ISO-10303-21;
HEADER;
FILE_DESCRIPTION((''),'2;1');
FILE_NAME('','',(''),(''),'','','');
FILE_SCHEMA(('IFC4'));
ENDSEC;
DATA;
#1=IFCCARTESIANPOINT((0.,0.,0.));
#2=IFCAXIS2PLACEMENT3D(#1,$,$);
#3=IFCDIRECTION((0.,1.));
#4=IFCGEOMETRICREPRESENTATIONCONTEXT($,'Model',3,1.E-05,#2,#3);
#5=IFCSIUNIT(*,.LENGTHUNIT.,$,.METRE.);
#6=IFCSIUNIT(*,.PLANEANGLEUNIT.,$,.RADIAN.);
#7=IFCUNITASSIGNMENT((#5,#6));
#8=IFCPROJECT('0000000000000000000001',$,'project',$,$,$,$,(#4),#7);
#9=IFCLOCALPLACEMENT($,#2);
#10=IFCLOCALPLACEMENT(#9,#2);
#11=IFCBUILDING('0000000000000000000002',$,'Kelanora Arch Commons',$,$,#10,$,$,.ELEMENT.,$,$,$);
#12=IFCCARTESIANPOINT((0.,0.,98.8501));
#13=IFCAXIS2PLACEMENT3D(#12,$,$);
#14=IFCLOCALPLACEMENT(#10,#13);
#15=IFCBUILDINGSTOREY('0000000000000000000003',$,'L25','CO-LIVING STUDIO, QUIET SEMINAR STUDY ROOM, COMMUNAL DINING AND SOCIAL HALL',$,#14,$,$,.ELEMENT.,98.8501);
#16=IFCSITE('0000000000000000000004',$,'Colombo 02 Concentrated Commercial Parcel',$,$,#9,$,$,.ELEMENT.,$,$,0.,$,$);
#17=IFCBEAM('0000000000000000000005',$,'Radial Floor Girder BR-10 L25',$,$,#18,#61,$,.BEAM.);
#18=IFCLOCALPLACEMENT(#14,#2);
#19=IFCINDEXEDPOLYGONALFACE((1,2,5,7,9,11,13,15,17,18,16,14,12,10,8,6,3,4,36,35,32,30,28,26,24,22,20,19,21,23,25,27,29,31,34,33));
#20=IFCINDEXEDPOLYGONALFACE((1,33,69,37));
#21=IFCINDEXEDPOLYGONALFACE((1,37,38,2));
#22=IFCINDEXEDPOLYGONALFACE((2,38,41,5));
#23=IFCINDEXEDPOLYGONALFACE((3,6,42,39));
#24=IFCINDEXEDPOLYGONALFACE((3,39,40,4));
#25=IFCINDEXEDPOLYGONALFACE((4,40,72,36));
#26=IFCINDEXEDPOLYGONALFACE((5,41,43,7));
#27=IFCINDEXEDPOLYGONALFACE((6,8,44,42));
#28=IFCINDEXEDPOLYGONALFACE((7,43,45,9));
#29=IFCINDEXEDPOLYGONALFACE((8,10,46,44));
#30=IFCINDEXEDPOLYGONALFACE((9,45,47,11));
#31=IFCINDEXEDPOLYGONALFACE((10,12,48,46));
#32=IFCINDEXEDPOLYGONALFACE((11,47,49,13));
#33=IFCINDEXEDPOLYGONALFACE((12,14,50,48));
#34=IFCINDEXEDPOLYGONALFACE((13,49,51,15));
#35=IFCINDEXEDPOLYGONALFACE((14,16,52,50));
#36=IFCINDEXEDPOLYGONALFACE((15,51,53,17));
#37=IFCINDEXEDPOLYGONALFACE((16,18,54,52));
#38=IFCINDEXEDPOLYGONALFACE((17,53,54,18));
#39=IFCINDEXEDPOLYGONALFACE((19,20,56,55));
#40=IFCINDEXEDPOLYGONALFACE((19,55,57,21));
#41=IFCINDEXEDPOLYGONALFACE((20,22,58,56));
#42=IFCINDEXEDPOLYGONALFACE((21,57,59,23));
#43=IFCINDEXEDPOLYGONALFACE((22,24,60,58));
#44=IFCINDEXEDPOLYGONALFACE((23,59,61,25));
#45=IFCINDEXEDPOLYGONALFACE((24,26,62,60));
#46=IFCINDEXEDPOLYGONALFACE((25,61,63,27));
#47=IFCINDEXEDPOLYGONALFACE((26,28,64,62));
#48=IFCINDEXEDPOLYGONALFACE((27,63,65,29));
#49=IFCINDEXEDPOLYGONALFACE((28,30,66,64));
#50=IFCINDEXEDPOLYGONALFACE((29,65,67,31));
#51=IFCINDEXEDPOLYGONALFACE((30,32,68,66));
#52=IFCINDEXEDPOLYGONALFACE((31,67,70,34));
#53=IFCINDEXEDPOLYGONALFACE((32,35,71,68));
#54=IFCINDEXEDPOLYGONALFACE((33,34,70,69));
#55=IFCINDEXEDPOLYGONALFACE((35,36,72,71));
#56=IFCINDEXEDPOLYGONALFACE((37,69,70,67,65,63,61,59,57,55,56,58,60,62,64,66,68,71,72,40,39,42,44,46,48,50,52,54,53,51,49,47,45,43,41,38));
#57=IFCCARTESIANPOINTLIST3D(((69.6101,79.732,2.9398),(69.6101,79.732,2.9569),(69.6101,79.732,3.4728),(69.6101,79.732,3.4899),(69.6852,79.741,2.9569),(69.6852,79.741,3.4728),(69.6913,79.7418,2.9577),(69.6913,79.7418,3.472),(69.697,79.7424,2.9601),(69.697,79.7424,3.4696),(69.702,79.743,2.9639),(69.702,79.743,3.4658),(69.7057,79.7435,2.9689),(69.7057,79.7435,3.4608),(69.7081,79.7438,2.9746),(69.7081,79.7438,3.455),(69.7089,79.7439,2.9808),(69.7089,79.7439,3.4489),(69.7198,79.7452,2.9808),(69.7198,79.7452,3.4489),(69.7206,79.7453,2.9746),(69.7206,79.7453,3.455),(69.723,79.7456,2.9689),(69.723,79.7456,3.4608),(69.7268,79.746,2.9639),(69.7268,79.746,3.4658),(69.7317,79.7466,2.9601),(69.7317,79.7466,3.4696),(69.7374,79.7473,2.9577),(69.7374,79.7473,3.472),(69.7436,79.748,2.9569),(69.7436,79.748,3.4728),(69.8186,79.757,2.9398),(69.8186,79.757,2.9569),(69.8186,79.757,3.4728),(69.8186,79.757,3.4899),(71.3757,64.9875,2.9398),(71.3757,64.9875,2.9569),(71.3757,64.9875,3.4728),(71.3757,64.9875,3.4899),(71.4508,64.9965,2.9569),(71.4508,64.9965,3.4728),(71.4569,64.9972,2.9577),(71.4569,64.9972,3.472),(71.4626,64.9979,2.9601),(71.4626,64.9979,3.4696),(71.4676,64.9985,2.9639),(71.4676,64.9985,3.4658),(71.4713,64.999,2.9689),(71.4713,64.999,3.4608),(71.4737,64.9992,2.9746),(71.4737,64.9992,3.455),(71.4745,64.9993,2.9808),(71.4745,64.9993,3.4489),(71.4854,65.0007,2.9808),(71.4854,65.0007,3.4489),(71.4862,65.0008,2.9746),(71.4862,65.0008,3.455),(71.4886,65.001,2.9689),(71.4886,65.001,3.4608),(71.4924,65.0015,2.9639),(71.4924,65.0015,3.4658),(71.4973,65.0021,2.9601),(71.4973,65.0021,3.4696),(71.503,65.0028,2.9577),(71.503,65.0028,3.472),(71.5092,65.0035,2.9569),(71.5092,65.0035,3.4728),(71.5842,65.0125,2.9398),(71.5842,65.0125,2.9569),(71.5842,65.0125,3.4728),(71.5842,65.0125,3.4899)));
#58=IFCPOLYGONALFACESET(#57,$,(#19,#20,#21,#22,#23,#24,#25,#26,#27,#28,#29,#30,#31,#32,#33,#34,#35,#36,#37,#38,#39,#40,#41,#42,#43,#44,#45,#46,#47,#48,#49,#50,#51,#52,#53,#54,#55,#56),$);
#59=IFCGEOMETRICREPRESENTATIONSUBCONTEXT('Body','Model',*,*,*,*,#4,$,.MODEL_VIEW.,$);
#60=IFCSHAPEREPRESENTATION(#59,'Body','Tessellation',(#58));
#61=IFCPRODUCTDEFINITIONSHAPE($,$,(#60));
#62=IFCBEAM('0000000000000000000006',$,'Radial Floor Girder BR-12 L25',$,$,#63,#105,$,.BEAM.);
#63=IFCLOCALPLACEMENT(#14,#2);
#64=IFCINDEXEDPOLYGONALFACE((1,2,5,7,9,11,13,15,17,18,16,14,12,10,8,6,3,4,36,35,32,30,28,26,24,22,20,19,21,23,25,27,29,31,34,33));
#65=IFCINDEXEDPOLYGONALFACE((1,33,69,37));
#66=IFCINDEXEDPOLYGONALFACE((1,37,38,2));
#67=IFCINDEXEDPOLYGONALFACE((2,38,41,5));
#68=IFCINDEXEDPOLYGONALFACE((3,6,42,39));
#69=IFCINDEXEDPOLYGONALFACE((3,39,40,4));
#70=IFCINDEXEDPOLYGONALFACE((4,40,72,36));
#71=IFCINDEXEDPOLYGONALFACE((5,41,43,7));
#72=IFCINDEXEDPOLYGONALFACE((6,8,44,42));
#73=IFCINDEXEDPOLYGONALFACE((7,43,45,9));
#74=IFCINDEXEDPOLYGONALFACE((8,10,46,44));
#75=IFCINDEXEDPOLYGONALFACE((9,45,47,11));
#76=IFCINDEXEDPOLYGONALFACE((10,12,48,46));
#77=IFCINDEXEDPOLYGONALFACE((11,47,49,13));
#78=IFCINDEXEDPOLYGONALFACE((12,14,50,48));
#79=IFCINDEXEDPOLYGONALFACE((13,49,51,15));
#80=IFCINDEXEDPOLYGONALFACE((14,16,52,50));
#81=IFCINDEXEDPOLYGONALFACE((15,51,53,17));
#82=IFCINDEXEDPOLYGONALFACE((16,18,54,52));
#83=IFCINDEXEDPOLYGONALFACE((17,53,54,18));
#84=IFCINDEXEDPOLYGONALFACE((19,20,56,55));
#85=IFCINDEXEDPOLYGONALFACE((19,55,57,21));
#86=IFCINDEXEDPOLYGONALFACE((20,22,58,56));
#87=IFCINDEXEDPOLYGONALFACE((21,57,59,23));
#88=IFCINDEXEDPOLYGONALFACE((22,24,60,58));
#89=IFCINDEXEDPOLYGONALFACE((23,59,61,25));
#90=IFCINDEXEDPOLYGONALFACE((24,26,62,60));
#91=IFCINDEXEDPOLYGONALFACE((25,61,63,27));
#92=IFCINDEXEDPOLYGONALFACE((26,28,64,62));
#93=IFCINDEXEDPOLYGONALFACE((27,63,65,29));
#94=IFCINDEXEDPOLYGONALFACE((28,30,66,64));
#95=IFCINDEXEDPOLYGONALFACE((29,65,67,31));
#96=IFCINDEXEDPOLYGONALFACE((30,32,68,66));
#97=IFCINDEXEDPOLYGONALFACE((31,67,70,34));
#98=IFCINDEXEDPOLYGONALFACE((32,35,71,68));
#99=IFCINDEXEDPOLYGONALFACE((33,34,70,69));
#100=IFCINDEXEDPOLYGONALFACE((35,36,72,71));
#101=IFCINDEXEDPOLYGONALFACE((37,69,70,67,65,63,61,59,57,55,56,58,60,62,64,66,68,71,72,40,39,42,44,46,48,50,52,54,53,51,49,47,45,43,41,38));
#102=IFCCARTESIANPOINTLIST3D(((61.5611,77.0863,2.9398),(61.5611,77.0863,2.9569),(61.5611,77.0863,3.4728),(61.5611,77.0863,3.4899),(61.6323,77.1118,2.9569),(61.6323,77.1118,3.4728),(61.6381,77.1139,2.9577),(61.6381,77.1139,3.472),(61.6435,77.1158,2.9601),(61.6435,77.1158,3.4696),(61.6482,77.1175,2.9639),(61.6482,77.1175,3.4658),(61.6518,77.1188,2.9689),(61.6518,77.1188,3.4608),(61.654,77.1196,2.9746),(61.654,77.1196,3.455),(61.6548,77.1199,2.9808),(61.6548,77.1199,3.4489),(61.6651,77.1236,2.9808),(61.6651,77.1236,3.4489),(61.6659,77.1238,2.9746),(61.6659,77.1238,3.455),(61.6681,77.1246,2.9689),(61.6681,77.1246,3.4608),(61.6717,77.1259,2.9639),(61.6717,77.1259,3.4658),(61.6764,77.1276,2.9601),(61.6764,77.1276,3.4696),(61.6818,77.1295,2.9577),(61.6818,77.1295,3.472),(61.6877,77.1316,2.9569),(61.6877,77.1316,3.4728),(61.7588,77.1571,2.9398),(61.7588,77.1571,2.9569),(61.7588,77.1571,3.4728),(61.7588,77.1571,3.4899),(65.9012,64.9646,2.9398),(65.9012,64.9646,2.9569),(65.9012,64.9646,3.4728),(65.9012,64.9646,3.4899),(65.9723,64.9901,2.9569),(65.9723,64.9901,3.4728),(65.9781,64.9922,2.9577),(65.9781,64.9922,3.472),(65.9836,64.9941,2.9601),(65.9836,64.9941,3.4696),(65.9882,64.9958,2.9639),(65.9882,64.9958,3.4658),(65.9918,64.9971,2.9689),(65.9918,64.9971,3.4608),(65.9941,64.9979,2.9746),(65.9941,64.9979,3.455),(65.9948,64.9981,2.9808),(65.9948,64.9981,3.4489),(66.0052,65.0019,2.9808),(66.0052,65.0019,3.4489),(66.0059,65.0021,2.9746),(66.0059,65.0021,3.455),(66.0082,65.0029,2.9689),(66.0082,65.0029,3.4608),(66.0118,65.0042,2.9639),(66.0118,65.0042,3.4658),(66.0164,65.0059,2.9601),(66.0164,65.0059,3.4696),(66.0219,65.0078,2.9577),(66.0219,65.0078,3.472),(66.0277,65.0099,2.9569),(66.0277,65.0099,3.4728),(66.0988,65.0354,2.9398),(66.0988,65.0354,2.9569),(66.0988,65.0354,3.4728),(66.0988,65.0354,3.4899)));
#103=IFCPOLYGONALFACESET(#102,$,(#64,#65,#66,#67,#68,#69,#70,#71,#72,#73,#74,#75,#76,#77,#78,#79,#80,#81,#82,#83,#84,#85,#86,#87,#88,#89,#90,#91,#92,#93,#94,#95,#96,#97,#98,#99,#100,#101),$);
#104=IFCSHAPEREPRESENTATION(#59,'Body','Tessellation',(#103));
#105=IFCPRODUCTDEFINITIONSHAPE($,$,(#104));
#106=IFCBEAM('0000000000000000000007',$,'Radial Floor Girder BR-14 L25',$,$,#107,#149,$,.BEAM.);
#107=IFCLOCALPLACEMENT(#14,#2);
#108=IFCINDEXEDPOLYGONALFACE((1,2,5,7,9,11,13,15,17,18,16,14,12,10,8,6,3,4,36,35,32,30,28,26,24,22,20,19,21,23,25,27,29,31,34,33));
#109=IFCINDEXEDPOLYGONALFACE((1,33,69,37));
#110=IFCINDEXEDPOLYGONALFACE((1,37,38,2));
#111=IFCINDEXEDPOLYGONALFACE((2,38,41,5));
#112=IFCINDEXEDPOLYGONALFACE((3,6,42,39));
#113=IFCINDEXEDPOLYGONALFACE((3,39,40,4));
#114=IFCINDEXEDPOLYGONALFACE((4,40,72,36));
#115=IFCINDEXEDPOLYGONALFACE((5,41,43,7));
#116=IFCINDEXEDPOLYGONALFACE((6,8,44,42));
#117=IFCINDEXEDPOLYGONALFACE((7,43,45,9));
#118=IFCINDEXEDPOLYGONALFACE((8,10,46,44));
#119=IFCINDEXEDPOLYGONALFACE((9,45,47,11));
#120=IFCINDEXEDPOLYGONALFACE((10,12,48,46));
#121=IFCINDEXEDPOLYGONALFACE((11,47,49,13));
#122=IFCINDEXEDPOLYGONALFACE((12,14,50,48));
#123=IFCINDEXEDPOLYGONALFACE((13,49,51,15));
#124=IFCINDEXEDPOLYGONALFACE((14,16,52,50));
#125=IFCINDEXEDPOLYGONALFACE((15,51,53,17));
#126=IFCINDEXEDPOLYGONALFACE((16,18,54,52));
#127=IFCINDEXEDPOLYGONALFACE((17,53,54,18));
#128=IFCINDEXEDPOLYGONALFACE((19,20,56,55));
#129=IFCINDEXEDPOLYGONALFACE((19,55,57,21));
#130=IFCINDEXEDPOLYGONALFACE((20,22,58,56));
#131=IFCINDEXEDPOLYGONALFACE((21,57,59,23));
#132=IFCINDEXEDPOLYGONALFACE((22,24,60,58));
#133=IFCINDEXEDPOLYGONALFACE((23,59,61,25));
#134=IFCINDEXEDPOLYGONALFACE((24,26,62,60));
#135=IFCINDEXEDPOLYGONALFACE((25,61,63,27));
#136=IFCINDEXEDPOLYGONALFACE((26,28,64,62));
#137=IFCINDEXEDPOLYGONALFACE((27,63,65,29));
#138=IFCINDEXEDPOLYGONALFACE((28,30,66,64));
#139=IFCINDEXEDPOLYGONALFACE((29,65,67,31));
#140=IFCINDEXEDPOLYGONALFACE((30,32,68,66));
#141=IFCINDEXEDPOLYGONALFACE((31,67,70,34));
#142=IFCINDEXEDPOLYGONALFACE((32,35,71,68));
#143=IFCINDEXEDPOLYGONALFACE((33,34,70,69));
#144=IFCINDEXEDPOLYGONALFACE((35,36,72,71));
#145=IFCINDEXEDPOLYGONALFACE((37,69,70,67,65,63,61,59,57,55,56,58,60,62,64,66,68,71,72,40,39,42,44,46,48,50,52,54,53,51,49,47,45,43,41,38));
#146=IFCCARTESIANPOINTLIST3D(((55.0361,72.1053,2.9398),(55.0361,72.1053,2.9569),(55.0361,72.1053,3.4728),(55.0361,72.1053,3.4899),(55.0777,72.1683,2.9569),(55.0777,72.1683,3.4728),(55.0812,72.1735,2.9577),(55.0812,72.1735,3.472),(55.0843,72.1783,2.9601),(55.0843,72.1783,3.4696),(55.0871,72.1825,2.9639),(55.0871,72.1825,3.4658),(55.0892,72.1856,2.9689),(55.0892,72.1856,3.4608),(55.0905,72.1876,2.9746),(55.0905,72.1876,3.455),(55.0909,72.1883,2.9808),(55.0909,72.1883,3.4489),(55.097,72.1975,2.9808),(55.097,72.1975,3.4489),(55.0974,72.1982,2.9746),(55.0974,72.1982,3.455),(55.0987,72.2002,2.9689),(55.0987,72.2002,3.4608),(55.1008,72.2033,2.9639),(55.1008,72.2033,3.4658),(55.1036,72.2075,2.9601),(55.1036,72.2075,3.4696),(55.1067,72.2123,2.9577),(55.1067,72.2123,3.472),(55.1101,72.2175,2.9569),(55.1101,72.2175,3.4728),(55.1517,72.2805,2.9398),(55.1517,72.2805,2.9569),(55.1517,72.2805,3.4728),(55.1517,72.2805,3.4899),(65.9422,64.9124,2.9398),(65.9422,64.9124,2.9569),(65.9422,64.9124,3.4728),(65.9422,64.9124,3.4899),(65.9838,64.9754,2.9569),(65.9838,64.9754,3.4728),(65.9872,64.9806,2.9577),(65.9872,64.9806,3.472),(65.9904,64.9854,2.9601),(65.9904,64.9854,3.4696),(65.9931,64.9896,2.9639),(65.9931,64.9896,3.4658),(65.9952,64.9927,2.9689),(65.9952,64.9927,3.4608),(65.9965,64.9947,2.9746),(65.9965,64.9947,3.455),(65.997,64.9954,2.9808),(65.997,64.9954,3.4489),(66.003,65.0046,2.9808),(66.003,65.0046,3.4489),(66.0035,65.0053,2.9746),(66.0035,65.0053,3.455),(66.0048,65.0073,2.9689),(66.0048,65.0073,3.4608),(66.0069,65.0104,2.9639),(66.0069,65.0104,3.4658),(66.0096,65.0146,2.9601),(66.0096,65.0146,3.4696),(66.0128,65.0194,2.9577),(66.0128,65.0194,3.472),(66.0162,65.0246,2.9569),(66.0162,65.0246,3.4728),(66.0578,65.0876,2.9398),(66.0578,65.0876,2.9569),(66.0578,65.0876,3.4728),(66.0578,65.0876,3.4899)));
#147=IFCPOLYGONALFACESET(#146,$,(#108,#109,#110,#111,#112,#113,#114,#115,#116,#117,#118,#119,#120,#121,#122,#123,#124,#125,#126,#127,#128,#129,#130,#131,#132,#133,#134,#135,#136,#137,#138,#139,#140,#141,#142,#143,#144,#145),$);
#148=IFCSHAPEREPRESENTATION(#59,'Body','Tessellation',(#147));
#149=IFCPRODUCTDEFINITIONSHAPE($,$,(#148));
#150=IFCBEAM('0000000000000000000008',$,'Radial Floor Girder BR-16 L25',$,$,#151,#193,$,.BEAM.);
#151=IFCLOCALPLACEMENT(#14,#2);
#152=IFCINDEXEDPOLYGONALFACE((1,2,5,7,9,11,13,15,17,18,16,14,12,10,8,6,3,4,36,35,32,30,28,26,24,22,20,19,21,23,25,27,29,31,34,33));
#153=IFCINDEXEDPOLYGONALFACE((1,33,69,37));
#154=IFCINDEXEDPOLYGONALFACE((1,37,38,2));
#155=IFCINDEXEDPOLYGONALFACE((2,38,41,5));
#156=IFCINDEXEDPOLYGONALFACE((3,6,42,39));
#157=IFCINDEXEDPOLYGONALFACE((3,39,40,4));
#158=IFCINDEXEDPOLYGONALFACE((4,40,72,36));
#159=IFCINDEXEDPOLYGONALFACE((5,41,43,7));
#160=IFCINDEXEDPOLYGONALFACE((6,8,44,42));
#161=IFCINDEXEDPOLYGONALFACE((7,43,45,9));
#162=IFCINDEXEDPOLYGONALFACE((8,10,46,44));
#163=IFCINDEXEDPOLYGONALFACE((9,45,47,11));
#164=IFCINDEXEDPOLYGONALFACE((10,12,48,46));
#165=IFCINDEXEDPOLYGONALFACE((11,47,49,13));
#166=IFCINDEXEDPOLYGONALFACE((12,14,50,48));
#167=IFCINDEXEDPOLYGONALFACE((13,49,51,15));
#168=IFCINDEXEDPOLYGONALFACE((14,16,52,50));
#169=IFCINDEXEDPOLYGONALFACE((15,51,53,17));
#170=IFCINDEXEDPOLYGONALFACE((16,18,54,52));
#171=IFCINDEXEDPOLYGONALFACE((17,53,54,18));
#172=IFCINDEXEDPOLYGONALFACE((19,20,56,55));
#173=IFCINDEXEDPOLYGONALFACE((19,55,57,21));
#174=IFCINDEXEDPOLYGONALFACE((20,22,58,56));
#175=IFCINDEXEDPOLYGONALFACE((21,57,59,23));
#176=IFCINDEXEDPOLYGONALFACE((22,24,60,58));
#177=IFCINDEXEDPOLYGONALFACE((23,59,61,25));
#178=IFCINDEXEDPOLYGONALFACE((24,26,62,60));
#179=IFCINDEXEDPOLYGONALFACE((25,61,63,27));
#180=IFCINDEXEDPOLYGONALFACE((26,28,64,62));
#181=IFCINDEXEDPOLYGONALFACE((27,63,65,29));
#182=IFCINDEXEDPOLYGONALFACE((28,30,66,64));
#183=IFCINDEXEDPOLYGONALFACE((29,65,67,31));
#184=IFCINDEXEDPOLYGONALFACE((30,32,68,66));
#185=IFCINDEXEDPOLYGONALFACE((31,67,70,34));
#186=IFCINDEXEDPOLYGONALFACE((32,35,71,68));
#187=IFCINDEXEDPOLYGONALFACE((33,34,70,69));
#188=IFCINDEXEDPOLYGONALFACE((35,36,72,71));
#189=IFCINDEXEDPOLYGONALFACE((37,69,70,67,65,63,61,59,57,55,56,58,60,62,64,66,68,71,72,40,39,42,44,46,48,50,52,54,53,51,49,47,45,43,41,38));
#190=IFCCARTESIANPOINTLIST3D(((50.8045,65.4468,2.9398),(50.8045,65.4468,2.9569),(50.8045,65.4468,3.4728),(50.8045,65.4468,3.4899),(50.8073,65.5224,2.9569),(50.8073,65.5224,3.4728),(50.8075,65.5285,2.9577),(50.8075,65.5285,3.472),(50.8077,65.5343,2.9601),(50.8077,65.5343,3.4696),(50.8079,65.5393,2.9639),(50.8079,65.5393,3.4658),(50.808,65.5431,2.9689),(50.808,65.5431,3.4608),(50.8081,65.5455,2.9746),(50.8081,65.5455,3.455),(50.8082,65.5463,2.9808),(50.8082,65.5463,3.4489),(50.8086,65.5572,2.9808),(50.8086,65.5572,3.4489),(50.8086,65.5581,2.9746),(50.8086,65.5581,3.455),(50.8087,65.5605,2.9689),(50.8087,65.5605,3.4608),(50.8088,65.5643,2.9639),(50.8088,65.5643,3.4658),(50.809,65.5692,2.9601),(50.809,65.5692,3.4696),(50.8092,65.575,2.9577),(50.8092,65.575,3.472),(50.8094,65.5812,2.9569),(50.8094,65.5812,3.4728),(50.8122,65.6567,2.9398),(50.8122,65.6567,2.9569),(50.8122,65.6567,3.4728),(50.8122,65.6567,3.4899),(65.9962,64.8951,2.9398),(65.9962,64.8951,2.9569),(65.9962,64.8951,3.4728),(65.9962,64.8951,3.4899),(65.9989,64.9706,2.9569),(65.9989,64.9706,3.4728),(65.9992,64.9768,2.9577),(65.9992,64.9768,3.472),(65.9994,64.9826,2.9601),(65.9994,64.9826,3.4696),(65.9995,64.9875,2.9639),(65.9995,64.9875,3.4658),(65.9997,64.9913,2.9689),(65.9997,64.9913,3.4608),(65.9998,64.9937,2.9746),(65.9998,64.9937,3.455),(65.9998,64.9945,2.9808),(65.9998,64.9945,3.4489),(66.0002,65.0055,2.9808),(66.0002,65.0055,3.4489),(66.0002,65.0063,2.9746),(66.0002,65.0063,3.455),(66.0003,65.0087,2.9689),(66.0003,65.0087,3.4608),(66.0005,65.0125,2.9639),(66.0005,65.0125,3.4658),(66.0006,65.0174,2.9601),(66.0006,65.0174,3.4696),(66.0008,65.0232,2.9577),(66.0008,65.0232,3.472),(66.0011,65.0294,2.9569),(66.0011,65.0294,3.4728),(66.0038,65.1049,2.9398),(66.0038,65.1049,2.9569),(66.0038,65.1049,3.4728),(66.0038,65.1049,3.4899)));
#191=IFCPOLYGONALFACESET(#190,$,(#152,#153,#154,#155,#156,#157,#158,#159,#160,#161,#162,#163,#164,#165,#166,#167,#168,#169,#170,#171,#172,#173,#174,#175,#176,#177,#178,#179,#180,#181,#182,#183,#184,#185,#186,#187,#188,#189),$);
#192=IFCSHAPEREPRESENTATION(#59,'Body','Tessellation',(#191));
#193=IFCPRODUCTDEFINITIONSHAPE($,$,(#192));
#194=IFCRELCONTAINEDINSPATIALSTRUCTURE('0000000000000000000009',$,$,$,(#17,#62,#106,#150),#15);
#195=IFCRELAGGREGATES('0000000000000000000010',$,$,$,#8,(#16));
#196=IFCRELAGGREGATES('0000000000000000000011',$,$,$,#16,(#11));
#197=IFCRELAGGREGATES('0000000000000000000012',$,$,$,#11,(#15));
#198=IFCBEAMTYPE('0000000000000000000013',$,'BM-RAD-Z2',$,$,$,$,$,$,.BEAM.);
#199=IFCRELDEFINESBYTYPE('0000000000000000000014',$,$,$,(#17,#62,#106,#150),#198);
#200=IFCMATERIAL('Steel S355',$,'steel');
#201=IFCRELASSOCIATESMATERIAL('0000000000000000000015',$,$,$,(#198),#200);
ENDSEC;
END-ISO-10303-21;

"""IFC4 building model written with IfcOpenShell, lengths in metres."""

from ifc_helpers import new_model, si_unit, direction, frame, origin, origin_2d, place, context, subcontext, project, spatial, i_section, extrude, material, material_profile, profile_set, type_object, element, save


model = new_model("IFC4")

# Units and contexts
model_context = context("Model", 3, precision=1e-05, world=origin(), true_north=direction((0.0, 1.0)))
body_context = subcontext(model_context, "Body", "Model", "MODEL_VIEW")
ifc_project = project(units=[si_unit("LENGTHUNIT", "METRE"), si_unit("PLANEANGLEUNIT", "RADIAN")], contexts=[model_context])

# Site, building, storey
site_placement = place(None, origin())
site = spatial("IfcSite", under=ifc_project, at=site_placement, Name="Colombo 02 Concentrated Commercial Parcel", CompositionType="ELEMENT", RefElevation=0.0)
building_placement = place(site_placement, origin())
building = spatial("IfcBuilding", under=site, at=building_placement, Name="Kelanora Arch Commons", CompositionType="ELEMENT")
storey_placement = place(building_placement, frame((0.0, 0.0, 98.8501)))
storey = spatial("IfcBuildingStorey", under=building, at=storey_placement, Name="L25", Description="CO-LIVING STUDIO, QUIET SEMINAR STUDY ROOM, COMMUNAL DINING AND SOCIAL HALL", CompositionType="ELEMENT", Elevation=98.8501)

# Beams
ifc_material_1 = material(Name="Steel S355", Category="steel")
ifc_material_profile_1 = material_profile(ifc_material_1, i_section(OverallWidth=0.21, OverallDepth=0.55, WebThickness=0.011, FlangeThickness=0.0171, FilletRadius=0.0239, at=origin_2d()), Name="IPE550")
ifc_profile_set_1 = profile_set([ifc_material_profile_1], Name="Steel S355")
beam_type_1 = type_object("IfcBeamType", Name="BM-RAD-Z2", PredefinedType="BEAM", material=ifc_profile_set_1)
beam_1_placement = place(storey_placement, frame((71.48, 65.0, 3.2148), z_axis=(-0.118898, 0.992907, 0.0), x_axis=(-0.992907, -0.118898, 0.0)))
element("IfcBeam", 1, at=beam_1_placement, inside=storey, type_object=beam_type_1, Name="Radial Floor Girder BR-10 L25", PredefinedType="BEAM", context=body_context, shape_type="SweptSolid", body=[
    extrude(i_section(OverallWidth=0.21, OverallDepth=0.55, WebThickness=0.011, FlangeThickness=0.0171, FilletRadius=0.0239, at=origin_2d()), origin(), (0.0, 0.0, 1.0), 14.8499),
])
beam_2_placement = place(storey_placement, frame((66.0, 65.0, 3.2148), z_axis=(-0.337085, 0.941474, 0.0), x_axis=(-0.941474, -0.337085, 0.0)))
element("IfcBeam", 2, at=beam_2_placement, inside=storey, type_object=beam_type_1, Name="Radial Floor Girder BR-12 L25", PredefinedType="BEAM", context=body_context, shape_type="SweptSolid", body=[
    extrude(i_section(OverallWidth=0.21, OverallDepth=0.55, WebThickness=0.011, FlangeThickness=0.0171, FilletRadius=0.0239, at=origin_2d()), origin(), (0.0, 0.0, 1.0), 12.8752),
])
beam_3_placement = place(storey_placement, frame((66.0, 65.0, 3.2148), z_axis=(-0.834789, 0.550571, 0.0), x_axis=(-0.550571, -0.834789, 0.0)))
element("IfcBeam", 3, at=beam_3_placement, inside=storey, type_object=beam_type_1, Name="Radial Floor Girder BR-14 L25", PredefinedType="BEAM", context=body_context, shape_type="SweptSolid", body=[
    extrude(i_section(OverallWidth=0.21, OverallDepth=0.55, WebThickness=0.011, FlangeThickness=0.0171, FilletRadius=0.0239, at=origin_2d()), origin(), (0.0, 0.0, 1.0), 13.0645),
])
beam_4_placement = place(storey_placement, frame((66.0, 65.0, 3.2148), z_axis=(-0.999341, 0.036296, 0.0), x_axis=(-0.036296, -0.999341, 0.0)))
element("IfcBeam", 4, at=beam_4_placement, inside=storey, type_object=beam_type_1, Name="Radial Floor Girder BR-16 L25", PredefinedType="BEAM", context=body_context, shape_type="SweptSolid", body=[
    extrude(i_section(OverallWidth=0.21, OverallDepth=0.55, WebThickness=0.011, FlangeThickness=0.0171, FilletRadius=0.0239, at=origin_2d()), origin(), (0.0, 0.0, 1.0), 15.2017),
])

save(model, "model.ifc")
